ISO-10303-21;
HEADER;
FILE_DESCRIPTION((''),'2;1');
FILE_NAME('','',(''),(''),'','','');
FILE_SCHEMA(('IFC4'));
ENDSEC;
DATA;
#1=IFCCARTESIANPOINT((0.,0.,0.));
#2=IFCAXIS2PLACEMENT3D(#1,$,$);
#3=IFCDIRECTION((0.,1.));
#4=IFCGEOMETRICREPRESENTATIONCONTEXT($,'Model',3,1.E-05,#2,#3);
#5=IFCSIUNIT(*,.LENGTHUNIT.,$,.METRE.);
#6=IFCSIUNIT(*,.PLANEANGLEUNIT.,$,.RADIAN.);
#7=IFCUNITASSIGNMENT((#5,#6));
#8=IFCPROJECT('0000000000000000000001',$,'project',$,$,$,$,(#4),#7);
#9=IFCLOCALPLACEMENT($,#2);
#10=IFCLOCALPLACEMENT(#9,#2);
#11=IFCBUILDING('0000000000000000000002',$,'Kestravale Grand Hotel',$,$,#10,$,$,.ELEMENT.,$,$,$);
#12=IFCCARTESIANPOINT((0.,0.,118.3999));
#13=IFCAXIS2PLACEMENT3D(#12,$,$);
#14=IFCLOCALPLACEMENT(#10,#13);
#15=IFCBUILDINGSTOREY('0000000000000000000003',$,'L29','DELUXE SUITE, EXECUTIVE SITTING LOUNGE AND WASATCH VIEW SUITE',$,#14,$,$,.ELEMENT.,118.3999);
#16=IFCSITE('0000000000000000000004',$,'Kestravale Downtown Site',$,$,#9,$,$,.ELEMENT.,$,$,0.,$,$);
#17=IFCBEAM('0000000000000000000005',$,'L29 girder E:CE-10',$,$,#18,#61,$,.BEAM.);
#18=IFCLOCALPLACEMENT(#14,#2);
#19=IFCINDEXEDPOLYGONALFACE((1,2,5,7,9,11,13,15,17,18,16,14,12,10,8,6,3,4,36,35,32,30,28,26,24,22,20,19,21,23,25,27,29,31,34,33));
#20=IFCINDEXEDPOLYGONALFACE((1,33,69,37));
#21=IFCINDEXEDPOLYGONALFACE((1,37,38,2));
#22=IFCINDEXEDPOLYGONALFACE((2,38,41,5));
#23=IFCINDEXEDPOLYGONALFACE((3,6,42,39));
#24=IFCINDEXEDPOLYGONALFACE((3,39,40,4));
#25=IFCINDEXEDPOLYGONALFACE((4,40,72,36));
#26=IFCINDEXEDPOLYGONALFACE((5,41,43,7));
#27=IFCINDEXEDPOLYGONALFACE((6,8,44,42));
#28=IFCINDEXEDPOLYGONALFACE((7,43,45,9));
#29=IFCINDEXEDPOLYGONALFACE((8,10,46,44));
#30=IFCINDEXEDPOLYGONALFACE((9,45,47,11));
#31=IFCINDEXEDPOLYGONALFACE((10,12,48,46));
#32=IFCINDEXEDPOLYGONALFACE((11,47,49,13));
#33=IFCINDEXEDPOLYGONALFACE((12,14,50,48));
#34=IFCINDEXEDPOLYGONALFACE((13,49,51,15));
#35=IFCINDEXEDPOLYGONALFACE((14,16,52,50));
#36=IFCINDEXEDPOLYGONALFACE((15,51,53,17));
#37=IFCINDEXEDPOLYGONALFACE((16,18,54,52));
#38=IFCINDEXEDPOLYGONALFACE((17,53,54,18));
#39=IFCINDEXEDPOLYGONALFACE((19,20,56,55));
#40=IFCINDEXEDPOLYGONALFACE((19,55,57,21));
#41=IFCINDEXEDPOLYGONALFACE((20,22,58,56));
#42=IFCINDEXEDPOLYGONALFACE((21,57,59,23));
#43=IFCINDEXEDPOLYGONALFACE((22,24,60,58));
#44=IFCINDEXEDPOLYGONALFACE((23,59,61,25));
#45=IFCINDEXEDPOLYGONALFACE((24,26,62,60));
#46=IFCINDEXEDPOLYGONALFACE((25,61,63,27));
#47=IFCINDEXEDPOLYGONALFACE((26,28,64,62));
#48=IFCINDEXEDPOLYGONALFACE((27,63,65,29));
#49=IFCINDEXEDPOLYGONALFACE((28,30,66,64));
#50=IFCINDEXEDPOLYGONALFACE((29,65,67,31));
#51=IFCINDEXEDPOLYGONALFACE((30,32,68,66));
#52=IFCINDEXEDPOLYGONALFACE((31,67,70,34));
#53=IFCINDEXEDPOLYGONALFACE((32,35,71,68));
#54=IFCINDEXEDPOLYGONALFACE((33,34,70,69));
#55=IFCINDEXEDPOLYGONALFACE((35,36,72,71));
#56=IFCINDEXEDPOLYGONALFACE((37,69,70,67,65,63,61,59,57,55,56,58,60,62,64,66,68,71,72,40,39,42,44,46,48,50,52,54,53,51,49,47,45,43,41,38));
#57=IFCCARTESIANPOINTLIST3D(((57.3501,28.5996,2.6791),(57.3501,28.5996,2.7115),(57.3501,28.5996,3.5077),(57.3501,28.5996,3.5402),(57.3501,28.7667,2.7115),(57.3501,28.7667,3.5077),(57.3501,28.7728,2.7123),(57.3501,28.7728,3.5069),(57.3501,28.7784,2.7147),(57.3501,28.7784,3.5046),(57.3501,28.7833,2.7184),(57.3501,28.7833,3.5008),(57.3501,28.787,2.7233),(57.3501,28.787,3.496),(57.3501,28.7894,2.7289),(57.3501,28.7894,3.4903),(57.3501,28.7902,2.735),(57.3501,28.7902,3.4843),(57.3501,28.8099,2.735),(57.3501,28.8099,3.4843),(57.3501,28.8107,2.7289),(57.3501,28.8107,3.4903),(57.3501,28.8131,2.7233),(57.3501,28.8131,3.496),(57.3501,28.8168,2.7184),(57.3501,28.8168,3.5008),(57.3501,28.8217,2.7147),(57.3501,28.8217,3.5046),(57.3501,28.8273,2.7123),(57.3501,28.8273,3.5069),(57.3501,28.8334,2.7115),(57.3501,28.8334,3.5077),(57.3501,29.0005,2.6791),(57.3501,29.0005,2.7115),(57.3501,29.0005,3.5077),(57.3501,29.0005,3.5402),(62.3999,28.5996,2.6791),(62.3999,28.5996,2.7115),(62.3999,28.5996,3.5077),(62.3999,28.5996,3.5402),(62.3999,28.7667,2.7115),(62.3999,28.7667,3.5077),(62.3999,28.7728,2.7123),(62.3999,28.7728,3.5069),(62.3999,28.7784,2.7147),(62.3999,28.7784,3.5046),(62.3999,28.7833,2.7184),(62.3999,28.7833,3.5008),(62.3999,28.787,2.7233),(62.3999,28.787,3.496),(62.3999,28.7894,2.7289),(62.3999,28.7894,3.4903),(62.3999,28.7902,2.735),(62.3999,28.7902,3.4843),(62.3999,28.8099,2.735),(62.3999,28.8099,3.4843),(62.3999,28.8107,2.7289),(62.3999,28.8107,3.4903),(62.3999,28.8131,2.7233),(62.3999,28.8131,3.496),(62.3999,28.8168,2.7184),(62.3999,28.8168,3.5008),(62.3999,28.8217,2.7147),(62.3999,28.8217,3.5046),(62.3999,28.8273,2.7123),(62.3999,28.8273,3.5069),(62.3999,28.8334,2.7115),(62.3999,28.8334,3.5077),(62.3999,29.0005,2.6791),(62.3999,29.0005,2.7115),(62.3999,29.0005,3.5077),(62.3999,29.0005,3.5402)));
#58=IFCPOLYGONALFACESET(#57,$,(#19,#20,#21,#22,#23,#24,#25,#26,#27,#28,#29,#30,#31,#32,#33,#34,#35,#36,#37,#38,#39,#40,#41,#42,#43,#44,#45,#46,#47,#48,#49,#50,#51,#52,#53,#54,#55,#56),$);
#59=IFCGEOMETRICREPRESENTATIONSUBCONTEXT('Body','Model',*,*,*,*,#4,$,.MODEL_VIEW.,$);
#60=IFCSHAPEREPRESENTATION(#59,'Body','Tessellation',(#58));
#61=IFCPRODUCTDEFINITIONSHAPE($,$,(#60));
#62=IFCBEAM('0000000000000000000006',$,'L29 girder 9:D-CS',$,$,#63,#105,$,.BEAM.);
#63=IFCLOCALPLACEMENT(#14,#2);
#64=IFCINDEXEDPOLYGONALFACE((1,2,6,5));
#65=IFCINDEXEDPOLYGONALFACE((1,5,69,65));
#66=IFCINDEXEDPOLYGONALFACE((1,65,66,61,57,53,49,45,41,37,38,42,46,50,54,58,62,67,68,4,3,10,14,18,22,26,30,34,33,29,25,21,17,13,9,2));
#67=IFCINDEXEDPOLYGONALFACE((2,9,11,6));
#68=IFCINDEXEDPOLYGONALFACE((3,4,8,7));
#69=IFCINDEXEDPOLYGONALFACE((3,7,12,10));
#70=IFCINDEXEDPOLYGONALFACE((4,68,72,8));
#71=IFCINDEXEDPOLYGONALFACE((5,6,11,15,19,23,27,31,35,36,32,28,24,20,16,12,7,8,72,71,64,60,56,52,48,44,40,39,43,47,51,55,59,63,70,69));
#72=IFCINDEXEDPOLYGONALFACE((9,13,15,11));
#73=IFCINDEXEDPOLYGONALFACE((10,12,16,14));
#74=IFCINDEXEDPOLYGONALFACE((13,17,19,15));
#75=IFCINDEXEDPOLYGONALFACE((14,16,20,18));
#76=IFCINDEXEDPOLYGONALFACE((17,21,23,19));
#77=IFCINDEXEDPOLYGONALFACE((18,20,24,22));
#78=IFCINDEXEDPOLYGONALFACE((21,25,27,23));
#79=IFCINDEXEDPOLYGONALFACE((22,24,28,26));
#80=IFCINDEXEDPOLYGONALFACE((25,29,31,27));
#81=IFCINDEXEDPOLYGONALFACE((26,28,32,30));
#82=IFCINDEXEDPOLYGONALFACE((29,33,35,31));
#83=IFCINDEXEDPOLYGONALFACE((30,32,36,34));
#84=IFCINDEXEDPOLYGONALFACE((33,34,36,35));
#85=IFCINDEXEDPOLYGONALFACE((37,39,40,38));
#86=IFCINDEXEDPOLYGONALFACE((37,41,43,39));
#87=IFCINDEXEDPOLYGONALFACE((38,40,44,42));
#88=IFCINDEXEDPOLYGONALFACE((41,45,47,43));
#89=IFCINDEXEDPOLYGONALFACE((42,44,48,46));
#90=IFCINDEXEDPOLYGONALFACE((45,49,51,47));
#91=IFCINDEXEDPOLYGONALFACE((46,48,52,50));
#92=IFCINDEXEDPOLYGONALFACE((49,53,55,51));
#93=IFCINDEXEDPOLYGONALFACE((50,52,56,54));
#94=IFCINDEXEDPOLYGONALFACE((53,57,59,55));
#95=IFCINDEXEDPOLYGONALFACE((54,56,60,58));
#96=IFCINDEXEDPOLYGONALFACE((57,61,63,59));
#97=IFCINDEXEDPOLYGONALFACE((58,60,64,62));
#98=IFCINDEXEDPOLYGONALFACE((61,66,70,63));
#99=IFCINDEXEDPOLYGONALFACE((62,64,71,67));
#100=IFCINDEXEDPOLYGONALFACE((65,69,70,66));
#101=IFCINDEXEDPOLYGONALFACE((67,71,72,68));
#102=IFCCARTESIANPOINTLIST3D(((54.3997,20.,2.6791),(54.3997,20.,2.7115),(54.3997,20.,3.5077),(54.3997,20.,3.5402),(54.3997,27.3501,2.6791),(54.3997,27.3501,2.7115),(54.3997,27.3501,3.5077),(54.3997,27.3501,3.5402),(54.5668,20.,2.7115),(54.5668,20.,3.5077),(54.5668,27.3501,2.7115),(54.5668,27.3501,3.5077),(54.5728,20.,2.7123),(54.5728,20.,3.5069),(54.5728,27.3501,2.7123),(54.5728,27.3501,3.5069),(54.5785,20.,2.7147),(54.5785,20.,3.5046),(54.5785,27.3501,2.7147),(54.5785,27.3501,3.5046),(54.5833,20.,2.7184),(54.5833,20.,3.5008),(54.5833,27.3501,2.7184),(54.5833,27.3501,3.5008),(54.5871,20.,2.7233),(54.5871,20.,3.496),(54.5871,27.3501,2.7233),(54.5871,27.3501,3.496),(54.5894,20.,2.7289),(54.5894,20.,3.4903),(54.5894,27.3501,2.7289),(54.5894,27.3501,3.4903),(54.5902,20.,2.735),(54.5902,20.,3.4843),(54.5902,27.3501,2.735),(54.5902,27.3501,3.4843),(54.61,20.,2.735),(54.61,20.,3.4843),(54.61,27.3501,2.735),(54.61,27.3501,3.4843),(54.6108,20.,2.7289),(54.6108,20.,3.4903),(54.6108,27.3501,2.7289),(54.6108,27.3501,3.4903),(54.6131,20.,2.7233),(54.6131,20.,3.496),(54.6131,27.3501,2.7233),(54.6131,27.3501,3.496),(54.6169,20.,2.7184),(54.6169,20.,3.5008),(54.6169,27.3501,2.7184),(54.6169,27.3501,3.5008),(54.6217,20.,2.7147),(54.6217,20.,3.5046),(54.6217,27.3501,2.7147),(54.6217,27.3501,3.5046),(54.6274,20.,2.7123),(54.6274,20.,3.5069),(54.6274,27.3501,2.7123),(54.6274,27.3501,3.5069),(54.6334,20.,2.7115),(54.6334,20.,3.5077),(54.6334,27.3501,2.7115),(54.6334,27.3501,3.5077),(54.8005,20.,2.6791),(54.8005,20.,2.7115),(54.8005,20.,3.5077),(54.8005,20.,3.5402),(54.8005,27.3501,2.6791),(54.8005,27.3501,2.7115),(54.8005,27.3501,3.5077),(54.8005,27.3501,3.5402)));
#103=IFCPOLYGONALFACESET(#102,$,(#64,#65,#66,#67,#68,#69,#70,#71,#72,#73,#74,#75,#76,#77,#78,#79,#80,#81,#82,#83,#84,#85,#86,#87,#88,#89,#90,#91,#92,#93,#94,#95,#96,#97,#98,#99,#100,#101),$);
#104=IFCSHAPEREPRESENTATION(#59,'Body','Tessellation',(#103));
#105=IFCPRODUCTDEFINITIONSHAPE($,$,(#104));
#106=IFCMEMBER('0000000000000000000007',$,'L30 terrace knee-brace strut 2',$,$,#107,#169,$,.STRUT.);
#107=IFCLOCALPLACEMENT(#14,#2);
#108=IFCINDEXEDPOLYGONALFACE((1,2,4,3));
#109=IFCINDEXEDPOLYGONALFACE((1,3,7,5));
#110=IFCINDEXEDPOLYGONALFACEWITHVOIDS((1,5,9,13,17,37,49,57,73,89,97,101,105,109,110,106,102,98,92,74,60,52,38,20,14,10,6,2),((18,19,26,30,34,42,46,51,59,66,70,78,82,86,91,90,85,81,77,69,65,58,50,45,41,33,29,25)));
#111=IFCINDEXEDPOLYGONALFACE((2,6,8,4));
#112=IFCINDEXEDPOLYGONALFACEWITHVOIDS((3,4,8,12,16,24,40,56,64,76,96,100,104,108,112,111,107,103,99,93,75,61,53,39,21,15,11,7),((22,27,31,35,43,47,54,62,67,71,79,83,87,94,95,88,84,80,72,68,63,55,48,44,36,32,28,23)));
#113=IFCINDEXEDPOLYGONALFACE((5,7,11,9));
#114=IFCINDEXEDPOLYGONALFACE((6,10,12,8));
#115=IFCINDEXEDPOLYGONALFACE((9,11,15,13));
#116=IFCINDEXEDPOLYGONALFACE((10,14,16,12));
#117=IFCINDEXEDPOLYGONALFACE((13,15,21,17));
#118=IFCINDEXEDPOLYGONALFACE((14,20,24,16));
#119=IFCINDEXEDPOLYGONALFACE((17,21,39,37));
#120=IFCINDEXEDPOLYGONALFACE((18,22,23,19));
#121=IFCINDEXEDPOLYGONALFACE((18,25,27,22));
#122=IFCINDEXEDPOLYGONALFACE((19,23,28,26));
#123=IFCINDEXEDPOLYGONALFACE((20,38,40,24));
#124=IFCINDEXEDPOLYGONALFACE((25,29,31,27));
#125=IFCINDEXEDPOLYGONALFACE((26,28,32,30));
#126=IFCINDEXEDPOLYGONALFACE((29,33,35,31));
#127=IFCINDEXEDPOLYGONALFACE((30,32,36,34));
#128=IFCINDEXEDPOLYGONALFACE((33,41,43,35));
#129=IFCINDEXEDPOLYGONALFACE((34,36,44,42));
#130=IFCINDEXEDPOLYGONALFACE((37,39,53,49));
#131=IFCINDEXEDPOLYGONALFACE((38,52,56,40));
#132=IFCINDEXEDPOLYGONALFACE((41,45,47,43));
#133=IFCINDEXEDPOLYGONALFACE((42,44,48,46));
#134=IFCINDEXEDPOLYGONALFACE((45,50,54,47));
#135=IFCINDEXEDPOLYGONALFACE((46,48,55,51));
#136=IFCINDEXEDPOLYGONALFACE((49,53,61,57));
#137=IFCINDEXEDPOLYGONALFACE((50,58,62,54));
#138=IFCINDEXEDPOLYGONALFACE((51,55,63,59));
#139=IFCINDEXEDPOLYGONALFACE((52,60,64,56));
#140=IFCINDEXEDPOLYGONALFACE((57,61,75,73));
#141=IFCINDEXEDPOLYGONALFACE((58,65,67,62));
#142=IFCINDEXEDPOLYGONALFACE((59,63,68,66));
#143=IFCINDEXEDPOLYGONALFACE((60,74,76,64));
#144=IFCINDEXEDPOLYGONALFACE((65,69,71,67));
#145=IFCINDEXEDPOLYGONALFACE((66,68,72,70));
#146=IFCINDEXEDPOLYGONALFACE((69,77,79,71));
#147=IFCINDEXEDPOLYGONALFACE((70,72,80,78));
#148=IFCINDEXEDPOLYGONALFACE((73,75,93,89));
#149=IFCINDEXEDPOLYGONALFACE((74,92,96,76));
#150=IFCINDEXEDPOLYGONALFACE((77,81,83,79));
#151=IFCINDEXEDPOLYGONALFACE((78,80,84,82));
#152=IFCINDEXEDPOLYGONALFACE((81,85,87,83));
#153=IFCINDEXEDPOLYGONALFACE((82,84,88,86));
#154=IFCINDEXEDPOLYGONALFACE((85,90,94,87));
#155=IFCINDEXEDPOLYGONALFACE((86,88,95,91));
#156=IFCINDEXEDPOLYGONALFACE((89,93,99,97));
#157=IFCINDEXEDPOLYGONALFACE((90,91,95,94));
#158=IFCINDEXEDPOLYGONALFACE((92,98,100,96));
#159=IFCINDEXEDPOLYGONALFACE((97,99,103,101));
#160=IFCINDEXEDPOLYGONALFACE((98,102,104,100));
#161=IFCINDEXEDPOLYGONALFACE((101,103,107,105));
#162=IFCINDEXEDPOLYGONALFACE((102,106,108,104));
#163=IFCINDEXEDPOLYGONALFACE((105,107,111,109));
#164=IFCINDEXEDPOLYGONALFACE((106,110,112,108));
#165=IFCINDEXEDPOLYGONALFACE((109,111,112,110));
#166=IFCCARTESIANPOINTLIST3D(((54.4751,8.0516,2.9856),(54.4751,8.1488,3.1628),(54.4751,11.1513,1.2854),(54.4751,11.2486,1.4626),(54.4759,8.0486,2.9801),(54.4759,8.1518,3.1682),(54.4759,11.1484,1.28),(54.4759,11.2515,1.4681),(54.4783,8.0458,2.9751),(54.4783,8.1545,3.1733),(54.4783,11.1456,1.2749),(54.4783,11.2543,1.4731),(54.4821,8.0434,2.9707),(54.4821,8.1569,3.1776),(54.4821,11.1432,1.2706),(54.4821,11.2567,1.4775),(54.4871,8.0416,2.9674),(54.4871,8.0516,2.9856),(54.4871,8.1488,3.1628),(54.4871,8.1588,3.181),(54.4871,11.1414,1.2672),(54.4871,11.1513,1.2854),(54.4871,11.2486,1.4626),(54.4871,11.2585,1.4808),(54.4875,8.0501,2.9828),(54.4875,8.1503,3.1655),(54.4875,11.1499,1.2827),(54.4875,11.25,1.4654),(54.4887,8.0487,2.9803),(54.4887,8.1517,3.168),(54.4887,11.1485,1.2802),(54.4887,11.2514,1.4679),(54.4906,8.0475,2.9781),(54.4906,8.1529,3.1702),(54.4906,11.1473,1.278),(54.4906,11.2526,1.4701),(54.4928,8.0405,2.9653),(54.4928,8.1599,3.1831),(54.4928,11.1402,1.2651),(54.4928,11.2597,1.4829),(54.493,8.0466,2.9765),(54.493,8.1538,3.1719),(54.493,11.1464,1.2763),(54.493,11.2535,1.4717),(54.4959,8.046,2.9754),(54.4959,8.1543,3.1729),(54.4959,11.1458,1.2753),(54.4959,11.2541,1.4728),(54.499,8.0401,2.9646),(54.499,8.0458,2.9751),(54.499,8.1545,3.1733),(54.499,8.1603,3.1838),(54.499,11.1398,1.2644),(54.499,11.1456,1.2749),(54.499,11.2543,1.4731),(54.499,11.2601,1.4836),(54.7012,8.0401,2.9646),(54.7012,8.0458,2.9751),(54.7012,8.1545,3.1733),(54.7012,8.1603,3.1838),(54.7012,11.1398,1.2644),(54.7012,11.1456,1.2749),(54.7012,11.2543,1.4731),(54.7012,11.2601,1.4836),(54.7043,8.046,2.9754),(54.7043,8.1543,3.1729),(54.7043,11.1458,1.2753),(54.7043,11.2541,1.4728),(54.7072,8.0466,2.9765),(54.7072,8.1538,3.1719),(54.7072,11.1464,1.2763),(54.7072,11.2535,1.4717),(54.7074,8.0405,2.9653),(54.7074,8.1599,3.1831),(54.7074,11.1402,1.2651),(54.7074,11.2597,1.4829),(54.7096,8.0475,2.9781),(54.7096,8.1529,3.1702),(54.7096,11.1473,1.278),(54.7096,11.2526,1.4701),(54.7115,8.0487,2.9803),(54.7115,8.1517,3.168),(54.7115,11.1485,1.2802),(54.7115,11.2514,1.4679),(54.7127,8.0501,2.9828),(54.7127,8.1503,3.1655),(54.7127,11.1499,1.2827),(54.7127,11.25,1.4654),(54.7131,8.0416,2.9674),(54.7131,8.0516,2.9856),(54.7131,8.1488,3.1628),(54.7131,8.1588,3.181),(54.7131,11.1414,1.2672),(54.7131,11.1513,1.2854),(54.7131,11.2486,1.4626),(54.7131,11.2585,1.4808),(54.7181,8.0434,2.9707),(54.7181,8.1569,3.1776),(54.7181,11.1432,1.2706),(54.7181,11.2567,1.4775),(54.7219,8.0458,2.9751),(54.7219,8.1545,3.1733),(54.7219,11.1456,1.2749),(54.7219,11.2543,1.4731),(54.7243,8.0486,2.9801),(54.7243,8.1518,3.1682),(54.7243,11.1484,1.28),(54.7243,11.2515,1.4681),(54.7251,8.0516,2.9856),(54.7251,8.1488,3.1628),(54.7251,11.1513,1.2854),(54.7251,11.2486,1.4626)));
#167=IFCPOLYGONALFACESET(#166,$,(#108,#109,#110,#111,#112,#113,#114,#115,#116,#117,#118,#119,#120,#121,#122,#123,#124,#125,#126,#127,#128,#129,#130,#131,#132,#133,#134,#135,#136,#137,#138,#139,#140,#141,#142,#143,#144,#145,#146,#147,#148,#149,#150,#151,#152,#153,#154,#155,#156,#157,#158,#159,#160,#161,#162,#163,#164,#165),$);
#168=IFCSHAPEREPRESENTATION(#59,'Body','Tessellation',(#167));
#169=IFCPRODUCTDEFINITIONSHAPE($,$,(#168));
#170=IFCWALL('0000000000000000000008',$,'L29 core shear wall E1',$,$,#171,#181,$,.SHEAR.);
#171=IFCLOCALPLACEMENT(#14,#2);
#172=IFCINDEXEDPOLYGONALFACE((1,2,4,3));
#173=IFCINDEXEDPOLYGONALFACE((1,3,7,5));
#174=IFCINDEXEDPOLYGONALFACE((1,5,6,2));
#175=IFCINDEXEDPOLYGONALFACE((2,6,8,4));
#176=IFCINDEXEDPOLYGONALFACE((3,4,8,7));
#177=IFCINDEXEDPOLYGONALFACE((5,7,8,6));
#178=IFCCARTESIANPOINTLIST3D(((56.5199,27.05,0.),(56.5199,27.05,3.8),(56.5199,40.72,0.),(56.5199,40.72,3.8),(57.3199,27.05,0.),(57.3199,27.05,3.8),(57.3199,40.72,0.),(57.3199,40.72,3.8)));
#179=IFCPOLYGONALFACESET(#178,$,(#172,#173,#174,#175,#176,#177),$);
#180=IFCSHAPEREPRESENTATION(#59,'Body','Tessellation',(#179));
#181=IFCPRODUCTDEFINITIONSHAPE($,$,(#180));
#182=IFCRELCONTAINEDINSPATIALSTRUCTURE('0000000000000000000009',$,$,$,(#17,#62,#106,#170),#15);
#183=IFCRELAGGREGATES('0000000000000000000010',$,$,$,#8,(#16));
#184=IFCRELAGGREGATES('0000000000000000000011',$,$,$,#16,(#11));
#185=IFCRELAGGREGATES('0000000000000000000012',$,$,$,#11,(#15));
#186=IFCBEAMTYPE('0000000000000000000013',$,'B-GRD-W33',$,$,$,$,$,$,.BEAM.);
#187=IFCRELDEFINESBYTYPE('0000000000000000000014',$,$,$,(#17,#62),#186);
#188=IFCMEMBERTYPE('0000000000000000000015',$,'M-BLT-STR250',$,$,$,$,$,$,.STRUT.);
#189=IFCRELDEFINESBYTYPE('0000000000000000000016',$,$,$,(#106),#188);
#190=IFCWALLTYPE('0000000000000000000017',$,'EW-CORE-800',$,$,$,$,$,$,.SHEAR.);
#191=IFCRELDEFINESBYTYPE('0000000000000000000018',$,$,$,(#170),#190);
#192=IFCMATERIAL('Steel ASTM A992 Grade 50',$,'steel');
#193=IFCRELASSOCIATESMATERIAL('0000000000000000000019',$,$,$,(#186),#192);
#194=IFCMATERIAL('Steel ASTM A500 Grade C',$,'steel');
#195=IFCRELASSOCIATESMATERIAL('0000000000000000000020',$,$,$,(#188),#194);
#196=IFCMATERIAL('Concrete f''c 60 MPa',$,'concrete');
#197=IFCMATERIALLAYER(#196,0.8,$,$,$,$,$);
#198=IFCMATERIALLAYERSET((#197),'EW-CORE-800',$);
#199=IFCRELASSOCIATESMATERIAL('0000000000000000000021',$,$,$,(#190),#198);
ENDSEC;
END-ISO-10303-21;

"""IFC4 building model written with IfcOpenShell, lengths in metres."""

from ifc_helpers import new_model, si_unit, direction, frame, frame_2d, origin, origin_2d, place, context, subcontext, project, spatial, rectangle, hollow_rectangle, i_section, extrude, material, layer, layer_set, material_profile, profile_set, type_object, element, save


model = new_model("IFC4")

# Units and contexts
model_context = context("Model", 3, precision=1e-05, world=origin(), true_north=direction((0.0, 1.0)))
body_context = subcontext(model_context, "Body", "Model", "MODEL_VIEW")
ifc_project = project(units=[si_unit("LENGTHUNIT", "METRE"), si_unit("PLANEANGLEUNIT", "RADIAN")], contexts=[model_context])

# Site, building, storey
site_placement = place(None, origin())
site = spatial("IfcSite", under=ifc_project, at=site_placement, Name="Kestravale Downtown Site", CompositionType="ELEMENT", RefElevation=0.0)
building_placement = place(site_placement, origin())
building = spatial("IfcBuilding", under=site, at=building_placement, Name="Kestravale Grand Hotel", CompositionType="ELEMENT")
storey_placement = place(building_placement, frame((0.0, 0.0, 118.3999)))
storey = spatial("IfcBuildingStorey", under=building, at=storey_placement, Name="L29", Description="DELUXE SUITE, EXECUTIVE SITTING LOUNGE AND WASATCH VIEW SUITE", CompositionType="ELEMENT", Elevation=118.3999)

# Beams
ifc_material_1 = material(Name="Steel ASTM A992 Grade 50", Category="steel")
ifc_material_profile_1 = material_profile(ifc_material_1, i_section(OverallWidth=0.4009, OverallDepth=0.8611, WebThickness=0.0198, FlangeThickness=0.0325, FilletRadius=0.0234, at=origin_2d()))
ifc_profile_set_1 = profile_set([ifc_material_profile_1], Name="Steel ASTM A992 Grade 50")
beam_type_1 = type_object("IfcBeamType", Name="B-GRD-W33", PredefinedType="BEAM", material=ifc_profile_set_1)
beam_1_placement = place(storey_placement, frame((57.3501, 28.8, 3.1096), z_axis=(1.0, 0.0, 0.0), x_axis=(0.0, 1.0, 0.0)))
element("IfcBeam", 1, at=beam_1_placement, inside=storey, type_object=beam_type_1, Name="L29 girder E:CE-10", PredefinedType="BEAM", context=body_context, shape_type="SweptSolid", body=[
    extrude(i_section(OverallWidth=0.4009, OverallDepth=0.8611, WebThickness=0.0198, FlangeThickness=0.0325, FilletRadius=0.0234, at=origin_2d()), origin(), (0.0, 0.0, 1.0), 5.0498),
])
beam_2_placement = place(storey_placement, frame((54.6001, 20.0, 3.1096), z_axis=(0.0, 1.0, 0.0), x_axis=(-1.0, 0.0, 0.0)))
element("IfcBeam", 2, at=beam_2_placement, inside=storey, type_object=beam_type_1, Name="L29 girder 9:D-CS", PredefinedType="BEAM", context=body_context, shape_type="SweptSolid", body=[
    extrude(i_section(OverallWidth=0.4009, OverallDepth=0.8611, WebThickness=0.0198, FlangeThickness=0.0325, FilletRadius=0.0234, at=origin_2d()), origin(), (0.0, 0.0, 1.0), 7.3501),
])

# Member
ifc_material_2 = material(Name="Steel ASTM A500 Grade C", Category="steel")
ifc_material_profile_2 = material_profile(ifc_material_2, hollow_rectangle(XDim=0.25, YDim=0.25, WallThickness=0.012, InnerFilletRadius=0.012, OuterFilletRadius=0.0239, at=origin_2d()))
ifc_profile_set_2 = profile_set([ifc_material_profile_2], Name="Steel ASTM A500 Grade C")
member_type = type_object("IfcMemberType", Name="M-BLT-STR250", PredefinedType="STRUT", material=ifc_profile_set_2)
member_placement = place(storey_placement, frame((54.6001, 11.2, 1.374), z_axis=(0.0, -0.87678, 0.480893), x_axis=(1.0, 0.0, 0.0)))
element("IfcMember", 3, at=member_placement, inside=storey, type_object=member_type, Name="L30 terrace knee-brace strut 2", PredefinedType="STRUT", context=body_context, shape_type="SweptSolid", body=[
    extrude(hollow_rectangle(XDim=0.25, YDim=0.25, WallThickness=0.012, InnerFilletRadius=0.012, OuterFilletRadius=0.0239, at=origin_2d()), origin(), (0.0, 0.0, 1.0), 3.5354),
])

# Wall
ifc_material_3 = material(Name="Concrete f'c 60 MPa", Category="concrete")
ifc_layer_1 = layer(ifc_material_3, 0.8)
ifc_layer_set_1 = layer_set([ifc_layer_1], Name="EW-CORE-800")
wall_type_1 = type_object("IfcWallType", Name="EW-CORE-800", PredefinedType="SHEAR", material=ifc_layer_set_1)
wall_1_placement = place(storey_placement, frame((56.9199, 27.05, 0.0), z_axis=(0.0, 0.0, 1.0), x_axis=(0.0, 1.0, 0.0)))
element("IfcWall", 4, at=wall_1_placement, inside=storey, type_object=wall_type_1, Name="L29 core shear wall E1", PredefinedType="SHEAR", context=body_context, shape_type="SweptSolid", body=[
    extrude(rectangle(XDim=13.6699, YDim=0.8, at=frame_2d((6.835, 0.0))), origin(), (0.0, 0.0, 1.0), 3.8),
])

save(model, "model.ifc")
